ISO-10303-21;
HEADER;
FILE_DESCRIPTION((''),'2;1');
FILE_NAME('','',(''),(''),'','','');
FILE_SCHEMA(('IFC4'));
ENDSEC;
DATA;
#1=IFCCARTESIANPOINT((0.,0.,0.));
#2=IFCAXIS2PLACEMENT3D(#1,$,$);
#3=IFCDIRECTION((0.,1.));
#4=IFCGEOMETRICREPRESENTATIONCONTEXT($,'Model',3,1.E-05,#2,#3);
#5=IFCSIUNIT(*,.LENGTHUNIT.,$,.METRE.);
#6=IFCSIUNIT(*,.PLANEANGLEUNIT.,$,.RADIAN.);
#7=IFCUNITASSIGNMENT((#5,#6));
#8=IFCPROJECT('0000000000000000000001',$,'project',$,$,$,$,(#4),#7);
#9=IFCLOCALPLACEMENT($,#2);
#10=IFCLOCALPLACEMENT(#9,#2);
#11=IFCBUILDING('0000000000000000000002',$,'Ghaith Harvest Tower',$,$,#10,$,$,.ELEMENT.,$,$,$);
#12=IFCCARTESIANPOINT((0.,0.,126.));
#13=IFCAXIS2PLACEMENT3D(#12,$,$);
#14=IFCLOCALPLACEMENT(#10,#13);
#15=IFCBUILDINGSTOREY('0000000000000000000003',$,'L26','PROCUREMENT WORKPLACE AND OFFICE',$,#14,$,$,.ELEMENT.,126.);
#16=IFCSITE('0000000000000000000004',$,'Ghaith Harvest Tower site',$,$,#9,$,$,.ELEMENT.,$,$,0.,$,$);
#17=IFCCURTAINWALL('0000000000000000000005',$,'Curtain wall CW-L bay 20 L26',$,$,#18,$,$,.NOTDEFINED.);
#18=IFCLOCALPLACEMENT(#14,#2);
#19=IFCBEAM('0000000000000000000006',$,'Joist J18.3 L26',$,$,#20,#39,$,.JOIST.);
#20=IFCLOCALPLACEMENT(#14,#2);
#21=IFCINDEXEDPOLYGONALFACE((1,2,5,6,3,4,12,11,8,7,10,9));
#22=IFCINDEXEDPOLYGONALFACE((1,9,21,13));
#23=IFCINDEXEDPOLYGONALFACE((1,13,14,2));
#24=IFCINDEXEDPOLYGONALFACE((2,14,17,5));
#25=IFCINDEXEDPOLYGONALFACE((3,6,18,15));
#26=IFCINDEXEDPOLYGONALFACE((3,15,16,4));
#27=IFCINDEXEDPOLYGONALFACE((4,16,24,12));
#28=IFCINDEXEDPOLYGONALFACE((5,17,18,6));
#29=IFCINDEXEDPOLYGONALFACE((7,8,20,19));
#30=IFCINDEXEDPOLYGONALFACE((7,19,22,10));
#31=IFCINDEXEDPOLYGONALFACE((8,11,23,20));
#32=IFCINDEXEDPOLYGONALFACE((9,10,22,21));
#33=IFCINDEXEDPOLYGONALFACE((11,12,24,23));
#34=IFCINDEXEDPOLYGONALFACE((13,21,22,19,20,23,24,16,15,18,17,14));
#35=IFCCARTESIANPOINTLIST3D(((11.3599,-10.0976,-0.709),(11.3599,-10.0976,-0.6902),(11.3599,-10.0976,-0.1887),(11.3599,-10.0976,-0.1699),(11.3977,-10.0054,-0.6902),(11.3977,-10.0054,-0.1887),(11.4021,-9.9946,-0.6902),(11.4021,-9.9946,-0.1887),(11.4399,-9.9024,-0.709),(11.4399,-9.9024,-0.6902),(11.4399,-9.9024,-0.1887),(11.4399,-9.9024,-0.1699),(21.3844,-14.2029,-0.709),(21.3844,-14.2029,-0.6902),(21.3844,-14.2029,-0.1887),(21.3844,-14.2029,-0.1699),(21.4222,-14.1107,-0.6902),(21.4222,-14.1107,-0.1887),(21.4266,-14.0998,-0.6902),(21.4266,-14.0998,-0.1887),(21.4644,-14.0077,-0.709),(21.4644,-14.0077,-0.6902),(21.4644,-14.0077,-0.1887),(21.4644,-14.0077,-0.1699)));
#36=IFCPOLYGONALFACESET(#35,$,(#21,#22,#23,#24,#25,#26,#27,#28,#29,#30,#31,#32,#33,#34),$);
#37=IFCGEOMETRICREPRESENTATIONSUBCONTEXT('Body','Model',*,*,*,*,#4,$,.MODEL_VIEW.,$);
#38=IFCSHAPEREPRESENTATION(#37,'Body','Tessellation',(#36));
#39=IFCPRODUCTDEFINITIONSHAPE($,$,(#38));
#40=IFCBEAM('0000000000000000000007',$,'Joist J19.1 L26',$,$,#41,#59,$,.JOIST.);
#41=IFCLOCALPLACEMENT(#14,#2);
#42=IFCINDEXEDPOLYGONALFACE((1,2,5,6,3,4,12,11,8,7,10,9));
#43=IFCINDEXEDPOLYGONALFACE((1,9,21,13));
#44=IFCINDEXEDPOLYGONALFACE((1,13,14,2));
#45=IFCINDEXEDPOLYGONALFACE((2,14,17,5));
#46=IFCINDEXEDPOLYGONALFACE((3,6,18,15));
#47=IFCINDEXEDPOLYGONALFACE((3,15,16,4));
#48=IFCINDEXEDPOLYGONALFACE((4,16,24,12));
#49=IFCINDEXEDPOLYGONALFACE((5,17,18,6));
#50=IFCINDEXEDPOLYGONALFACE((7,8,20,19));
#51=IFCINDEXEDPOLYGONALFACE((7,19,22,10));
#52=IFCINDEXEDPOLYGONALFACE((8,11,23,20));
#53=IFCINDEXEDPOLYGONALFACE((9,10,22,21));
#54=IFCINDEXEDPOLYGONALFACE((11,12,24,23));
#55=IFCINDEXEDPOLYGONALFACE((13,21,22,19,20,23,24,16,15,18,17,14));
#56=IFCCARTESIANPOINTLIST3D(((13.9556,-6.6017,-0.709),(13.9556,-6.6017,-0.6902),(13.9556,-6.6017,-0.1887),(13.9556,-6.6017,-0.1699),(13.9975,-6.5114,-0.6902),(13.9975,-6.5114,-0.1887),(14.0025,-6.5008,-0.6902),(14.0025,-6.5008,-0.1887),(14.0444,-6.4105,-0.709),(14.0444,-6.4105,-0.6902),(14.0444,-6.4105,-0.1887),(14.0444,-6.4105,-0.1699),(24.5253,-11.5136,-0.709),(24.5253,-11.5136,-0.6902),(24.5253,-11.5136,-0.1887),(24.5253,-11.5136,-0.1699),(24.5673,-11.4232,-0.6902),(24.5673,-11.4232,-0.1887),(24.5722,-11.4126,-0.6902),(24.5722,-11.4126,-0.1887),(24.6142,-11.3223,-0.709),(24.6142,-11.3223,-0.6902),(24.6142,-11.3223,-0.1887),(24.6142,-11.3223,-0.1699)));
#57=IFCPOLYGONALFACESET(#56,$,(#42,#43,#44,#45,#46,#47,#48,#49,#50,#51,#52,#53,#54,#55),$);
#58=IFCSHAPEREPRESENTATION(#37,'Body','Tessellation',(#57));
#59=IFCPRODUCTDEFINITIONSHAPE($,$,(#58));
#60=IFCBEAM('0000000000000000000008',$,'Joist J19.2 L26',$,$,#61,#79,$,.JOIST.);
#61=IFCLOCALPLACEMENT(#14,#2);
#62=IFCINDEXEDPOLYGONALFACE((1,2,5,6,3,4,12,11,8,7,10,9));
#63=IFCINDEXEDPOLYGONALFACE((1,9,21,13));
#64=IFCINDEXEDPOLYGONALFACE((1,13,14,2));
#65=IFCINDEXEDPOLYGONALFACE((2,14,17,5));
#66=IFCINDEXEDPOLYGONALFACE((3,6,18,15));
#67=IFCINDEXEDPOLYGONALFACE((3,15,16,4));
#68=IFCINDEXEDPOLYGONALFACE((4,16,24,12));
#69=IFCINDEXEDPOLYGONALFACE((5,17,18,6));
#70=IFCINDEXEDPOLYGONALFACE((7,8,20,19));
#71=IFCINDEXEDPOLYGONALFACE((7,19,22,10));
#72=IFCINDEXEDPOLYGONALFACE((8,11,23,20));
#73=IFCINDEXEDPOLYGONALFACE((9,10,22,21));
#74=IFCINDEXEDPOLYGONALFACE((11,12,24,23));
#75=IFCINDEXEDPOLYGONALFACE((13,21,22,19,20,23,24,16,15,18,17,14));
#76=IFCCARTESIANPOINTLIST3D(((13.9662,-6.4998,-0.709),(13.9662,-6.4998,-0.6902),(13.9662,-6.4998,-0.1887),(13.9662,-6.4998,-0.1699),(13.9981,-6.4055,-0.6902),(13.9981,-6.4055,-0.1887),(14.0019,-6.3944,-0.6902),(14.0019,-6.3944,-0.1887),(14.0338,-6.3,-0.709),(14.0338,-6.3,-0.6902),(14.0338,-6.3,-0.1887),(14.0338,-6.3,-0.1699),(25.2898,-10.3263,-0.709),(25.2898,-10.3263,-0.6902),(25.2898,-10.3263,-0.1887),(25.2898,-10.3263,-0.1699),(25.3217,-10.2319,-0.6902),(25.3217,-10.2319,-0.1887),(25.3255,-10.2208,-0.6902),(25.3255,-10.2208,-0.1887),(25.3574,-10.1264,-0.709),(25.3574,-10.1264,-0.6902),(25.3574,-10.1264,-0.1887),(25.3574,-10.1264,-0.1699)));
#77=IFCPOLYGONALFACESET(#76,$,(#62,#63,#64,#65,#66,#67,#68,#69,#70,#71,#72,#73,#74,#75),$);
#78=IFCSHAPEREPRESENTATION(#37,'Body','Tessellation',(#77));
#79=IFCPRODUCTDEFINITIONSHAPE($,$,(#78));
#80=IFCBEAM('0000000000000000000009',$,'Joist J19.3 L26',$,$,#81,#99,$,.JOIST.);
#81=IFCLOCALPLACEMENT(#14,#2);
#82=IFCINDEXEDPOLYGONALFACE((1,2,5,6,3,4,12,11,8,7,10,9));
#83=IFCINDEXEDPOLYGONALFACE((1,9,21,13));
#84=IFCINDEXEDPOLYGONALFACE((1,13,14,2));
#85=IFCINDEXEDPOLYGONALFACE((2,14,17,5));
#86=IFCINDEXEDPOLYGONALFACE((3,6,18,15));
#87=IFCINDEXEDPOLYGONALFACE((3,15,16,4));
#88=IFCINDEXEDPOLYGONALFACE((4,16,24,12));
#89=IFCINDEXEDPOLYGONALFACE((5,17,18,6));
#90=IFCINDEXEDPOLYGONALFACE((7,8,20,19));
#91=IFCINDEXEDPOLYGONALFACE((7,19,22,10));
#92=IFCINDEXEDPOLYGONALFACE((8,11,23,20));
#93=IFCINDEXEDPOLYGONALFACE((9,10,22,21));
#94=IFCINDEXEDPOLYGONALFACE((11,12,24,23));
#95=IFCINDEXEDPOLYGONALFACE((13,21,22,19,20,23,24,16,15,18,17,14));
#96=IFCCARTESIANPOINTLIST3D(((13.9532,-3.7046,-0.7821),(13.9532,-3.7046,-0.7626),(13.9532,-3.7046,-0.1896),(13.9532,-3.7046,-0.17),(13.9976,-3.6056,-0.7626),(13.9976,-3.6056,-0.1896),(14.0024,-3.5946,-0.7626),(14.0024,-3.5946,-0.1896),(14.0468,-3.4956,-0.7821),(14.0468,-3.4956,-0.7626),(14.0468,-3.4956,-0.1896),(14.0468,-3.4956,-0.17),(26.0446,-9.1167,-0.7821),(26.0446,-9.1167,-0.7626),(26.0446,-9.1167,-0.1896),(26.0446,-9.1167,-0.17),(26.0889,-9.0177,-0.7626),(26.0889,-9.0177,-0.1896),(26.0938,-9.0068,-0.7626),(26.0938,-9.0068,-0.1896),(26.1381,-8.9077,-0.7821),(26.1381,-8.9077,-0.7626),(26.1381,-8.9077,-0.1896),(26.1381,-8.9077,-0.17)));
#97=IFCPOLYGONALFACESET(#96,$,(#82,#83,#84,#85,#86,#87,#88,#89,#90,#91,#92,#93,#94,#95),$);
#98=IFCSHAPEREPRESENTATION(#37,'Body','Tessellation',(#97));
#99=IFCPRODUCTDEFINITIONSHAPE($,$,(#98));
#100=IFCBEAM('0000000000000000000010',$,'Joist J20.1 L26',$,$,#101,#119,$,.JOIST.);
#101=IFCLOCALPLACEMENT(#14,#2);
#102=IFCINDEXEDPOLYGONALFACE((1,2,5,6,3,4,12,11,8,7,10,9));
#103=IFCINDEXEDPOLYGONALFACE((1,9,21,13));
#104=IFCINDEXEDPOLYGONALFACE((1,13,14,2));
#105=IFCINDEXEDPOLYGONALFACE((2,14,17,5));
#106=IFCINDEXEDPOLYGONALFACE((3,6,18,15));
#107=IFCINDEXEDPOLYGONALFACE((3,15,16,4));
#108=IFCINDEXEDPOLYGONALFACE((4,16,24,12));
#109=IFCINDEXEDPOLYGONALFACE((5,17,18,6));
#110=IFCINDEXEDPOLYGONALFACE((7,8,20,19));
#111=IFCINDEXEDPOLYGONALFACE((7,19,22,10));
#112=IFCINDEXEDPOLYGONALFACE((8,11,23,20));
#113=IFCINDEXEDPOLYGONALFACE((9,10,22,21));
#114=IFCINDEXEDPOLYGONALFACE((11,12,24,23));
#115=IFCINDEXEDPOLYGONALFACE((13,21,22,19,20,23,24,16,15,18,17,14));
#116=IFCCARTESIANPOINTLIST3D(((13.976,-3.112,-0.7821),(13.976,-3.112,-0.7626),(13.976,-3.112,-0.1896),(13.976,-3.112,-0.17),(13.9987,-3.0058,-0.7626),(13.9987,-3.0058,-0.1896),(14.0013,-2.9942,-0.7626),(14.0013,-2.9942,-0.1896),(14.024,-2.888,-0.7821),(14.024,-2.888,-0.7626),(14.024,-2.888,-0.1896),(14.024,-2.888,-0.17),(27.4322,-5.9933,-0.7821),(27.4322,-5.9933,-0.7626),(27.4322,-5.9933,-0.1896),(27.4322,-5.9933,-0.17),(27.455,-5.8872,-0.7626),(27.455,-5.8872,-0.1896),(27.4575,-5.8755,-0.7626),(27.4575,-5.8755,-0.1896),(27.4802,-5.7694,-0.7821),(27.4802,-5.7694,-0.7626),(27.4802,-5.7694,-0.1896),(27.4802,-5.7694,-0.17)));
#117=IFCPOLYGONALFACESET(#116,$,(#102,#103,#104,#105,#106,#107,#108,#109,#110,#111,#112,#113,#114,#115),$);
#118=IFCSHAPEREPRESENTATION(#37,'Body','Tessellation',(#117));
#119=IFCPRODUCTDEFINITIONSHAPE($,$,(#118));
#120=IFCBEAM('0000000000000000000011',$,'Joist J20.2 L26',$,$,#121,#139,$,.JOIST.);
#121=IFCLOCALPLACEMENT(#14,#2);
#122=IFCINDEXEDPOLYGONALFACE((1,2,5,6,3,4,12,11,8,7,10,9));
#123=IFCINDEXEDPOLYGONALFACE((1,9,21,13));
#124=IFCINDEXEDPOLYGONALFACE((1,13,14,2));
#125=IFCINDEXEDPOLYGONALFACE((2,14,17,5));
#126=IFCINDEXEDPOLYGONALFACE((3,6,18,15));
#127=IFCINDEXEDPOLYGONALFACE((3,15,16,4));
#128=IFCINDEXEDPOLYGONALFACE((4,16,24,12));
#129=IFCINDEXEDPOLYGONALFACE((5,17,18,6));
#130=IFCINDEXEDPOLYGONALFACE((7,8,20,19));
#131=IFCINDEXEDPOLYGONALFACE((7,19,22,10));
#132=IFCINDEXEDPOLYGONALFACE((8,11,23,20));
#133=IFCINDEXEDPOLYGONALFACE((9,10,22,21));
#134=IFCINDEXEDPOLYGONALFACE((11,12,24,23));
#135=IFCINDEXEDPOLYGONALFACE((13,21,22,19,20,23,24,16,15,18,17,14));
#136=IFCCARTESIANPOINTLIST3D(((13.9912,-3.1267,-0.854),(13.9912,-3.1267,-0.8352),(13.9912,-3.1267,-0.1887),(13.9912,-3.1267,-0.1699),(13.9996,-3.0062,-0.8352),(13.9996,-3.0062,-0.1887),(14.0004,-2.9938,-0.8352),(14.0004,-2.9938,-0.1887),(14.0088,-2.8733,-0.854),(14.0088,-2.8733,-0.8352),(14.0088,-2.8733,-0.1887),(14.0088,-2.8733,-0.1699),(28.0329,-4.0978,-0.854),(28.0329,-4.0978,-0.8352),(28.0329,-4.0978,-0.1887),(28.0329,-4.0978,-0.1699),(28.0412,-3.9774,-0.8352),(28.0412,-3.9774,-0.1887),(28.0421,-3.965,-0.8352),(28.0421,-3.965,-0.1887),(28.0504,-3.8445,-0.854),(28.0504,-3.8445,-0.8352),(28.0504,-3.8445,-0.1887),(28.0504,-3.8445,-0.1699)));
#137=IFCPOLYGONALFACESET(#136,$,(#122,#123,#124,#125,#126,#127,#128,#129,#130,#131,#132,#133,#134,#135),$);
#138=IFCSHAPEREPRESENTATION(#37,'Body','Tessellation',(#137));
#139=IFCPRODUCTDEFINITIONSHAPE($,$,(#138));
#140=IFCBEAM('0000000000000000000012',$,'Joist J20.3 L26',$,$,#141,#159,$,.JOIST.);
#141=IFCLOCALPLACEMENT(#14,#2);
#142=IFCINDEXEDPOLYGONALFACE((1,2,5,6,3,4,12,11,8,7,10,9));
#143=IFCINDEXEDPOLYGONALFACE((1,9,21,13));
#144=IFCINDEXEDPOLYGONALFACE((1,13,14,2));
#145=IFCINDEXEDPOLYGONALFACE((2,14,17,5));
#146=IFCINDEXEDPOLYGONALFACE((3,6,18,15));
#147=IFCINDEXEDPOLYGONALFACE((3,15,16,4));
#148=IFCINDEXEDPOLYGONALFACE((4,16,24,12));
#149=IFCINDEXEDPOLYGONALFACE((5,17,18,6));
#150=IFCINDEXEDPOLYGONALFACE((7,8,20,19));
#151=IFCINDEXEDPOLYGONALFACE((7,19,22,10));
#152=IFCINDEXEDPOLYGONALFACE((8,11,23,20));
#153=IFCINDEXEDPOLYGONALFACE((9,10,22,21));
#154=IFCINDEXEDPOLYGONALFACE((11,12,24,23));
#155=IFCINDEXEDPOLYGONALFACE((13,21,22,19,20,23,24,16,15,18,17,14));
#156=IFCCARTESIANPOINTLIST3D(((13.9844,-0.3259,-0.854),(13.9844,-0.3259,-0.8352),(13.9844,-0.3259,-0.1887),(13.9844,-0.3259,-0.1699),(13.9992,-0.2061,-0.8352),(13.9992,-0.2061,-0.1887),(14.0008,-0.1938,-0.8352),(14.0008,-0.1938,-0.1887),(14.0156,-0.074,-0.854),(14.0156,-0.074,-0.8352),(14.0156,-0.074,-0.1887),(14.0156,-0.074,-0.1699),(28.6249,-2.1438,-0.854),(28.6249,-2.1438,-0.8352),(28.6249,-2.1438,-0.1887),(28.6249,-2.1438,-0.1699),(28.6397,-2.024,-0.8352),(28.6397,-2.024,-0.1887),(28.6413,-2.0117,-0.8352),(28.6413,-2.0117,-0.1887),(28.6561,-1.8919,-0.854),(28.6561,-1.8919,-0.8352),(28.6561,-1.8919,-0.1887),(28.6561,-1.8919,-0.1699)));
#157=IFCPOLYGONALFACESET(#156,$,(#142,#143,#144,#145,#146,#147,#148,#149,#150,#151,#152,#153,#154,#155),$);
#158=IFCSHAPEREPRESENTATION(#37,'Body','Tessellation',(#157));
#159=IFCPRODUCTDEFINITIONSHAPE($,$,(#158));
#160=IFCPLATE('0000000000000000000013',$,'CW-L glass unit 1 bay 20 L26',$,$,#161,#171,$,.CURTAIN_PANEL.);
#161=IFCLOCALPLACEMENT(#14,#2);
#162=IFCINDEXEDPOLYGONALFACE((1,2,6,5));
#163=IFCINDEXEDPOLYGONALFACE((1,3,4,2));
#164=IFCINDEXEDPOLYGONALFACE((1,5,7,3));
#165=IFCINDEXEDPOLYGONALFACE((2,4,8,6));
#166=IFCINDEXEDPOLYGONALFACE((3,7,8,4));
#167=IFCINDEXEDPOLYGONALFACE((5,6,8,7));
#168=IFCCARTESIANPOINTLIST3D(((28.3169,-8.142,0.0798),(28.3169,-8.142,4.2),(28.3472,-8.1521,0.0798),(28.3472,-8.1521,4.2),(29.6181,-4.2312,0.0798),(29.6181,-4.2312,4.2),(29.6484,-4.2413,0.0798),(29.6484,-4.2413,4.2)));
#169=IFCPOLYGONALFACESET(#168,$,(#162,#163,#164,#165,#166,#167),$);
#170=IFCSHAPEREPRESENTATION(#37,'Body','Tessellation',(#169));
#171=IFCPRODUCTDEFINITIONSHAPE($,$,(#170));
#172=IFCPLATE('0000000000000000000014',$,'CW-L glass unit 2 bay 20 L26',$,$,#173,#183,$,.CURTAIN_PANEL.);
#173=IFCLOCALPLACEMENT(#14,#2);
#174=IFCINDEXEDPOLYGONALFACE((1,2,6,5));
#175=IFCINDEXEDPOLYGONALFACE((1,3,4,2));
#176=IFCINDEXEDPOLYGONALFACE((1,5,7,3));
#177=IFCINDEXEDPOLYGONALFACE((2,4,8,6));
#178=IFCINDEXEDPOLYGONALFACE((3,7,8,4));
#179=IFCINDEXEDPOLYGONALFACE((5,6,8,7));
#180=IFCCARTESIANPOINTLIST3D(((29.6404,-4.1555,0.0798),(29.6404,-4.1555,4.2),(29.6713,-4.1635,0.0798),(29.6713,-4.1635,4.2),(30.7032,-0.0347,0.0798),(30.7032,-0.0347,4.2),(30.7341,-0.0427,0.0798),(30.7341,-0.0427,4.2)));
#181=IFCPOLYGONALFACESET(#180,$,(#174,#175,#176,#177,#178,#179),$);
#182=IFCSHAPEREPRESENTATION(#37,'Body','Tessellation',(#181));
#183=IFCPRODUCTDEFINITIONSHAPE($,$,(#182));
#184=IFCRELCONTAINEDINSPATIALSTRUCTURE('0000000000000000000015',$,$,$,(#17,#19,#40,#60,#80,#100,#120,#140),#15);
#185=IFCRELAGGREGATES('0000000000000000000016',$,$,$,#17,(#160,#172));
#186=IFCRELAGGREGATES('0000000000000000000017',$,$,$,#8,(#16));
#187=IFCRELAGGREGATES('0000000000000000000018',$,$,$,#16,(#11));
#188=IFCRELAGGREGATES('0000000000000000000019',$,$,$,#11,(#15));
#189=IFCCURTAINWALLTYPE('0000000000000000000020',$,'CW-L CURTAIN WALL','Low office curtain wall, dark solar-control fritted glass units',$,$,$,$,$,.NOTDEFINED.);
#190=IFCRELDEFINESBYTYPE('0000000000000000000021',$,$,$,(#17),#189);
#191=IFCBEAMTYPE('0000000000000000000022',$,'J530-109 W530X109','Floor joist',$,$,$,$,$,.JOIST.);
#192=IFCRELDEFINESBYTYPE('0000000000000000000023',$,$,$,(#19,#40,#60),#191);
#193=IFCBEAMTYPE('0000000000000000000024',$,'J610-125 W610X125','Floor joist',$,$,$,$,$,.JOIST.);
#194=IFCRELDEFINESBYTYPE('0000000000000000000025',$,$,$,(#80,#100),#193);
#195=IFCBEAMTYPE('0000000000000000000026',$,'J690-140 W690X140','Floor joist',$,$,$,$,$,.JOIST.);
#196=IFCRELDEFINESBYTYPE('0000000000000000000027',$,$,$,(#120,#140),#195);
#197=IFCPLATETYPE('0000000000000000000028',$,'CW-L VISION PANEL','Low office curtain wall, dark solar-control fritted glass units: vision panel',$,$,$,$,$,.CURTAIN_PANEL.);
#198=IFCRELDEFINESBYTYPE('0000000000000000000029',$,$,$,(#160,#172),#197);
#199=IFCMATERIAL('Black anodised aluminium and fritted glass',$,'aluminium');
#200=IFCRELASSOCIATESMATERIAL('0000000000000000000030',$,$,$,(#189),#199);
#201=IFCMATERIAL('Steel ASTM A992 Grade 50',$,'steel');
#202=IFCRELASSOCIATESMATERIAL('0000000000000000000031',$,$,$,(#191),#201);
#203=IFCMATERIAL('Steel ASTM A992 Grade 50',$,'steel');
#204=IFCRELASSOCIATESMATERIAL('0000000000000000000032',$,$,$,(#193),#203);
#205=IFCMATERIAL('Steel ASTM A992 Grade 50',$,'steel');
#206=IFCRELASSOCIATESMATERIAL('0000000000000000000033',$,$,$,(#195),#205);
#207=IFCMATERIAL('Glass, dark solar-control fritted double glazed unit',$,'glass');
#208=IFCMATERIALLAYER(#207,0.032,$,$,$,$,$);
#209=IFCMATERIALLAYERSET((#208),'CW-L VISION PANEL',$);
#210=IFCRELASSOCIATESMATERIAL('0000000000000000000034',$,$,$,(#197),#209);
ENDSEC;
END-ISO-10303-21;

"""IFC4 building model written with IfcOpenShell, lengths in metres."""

from ifc_helpers import new_model, si_unit, direction, frame, origin, origin_2d, place, context, subcontext, project, spatial, rectangle, i_section, extrude, material, layer, layer_set, material_profile, profile_set, type_object, element, aggregate, save


model = new_model("IFC4")

# Units and contexts
model_context = context("Model", 3, precision=1e-05, world=origin(), true_north=direction((0.0, 1.0)))
body_context = subcontext(model_context, "Body", "Model", "MODEL_VIEW")
ifc_project = project(units=[si_unit("LENGTHUNIT", "METRE"), si_unit("PLANEANGLEUNIT", "RADIAN")], contexts=[model_context])

# Site, building, storey
site_placement = place(None, origin())
site = spatial("IfcSite", under=ifc_project, at=site_placement, Name="Ghaith Harvest Tower site", CompositionType="ELEMENT", RefElevation=0.0)
building_placement = place(site_placement, origin())
building = spatial("IfcBuilding", under=site, at=building_placement, Name="Ghaith Harvest Tower", CompositionType="ELEMENT")
storey_placement = place(building_placement, frame((0.0, 0.0, 126.0)))
storey = spatial("IfcBuildingStorey", under=building, at=storey_placement, Name="L26", Description="PROCUREMENT WORKPLACE AND OFFICE", CompositionType="ELEMENT", Elevation=126.0)

# Curtain wall
ifc_material_1 = material(Name="Black anodised aluminium and fritted glass", Category="aluminium")
curtain_wall_type = type_object("IfcCurtainWallType", Name="CW-L CURTAIN WALL", Description="Low office curtain wall, dark solar-control fritted glass units", PredefinedType="NOTDEFINED", material=ifc_material_1)
curtain_wall_placement = place(storey_placement, origin())
curtain_wall = element("IfcCurtainWall", 1, at=curtain_wall_placement, inside=storey, type_object=curtain_wall_type, Name="Curtain wall CW-L bay 20 L26", PredefinedType="NOTDEFINED")

# Beams
ifc_material_2 = material(Name="Steel ASTM A992 Grade 50", Category="steel")
ifc_material_profile_1 = material_profile(ifc_material_2, i_section(OverallWidth=0.2109, OverallDepth=0.5391, WebThickness=0.0117, FlangeThickness=0.0188, at=origin_2d()), Name="W530X109")
ifc_profile_set_1 = profile_set([ifc_material_profile_1], Name="Steel ASTM A992 Grade 50")
beam_type_1 = type_object("IfcBeamType", Name="J530-109 W530X109", Description="Floor joist", PredefinedType="JOIST", material=ifc_profile_set_1)
beam_1_placement = place(storey_placement, frame((11.3999, -10.0, -0.4395), z_axis=(0.925407, -0.378975, 0.0), x_axis=(0.378975, 0.925407, 0.0)))
element("IfcBeam", 2, at=beam_1_placement, inside=storey, type_object=beam_type_1, Name="Joist J18.3 L26", PredefinedType="JOIST", context=body_context, shape_type="SweptSolid", body=[
    extrude(i_section(OverallWidth=0.2109, OverallDepth=0.5391, WebThickness=0.0117, FlangeThickness=0.0188, at=origin_2d()), origin(), (0.0, 0.0, 1.0), 10.8325),
])
beam_2_placement = place(storey_placement, frame((14.0, -6.5061, -0.4395), z_axis=(0.906863, -0.421425, 0.0), x_axis=(0.421425, 0.906863, 0.0)))
element("IfcBeam", 3, at=beam_2_placement, inside=storey, type_object=beam_type_1, Name="Joist J19.1 L26", PredefinedType="JOIST", context=body_context, shape_type="SweptSolid", body=[
    extrude(i_section(OverallWidth=0.2109, OverallDepth=0.5391, WebThickness=0.0117, FlangeThickness=0.0188, at=origin_2d()), origin(), (0.0, 0.0, 1.0), 11.6553),
])
beam_3_placement = place(storey_placement, frame((14.0, -6.3999, -0.4395), z_axis=(0.947372, -0.320135, 0.0), x_axis=(0.320135, 0.947372, 0.0)))
element("IfcBeam", 4, at=beam_3_placement, inside=storey, type_object=beam_type_1, Name="Joist J19.2 L26", PredefinedType="JOIST", context=body_context, shape_type="SweptSolid", body=[
    extrude(i_section(OverallWidth=0.2109, OverallDepth=0.5391, WebThickness=0.0117, FlangeThickness=0.0188, at=origin_2d()), origin(), (0.0, 0.0, 1.0), 11.9526),
])
ifc_material_3 = material(Name="Steel ASTM A992 Grade 50", Category="steel")
ifc_material_profile_2 = material_profile(ifc_material_3, i_section(OverallWidth=0.229, OverallDepth=0.6121, WebThickness=0.012, FlangeThickness=0.0195, at=origin_2d()), Name="W610X125")
ifc_profile_set_2 = profile_set([ifc_material_profile_2], Name="Steel ASTM A992 Grade 50")
beam_type_2 = type_object("IfcBeamType", Name="J610-125 W610X125", Description="Floor joist", PredefinedType="JOIST", material=ifc_profile_set_2)
beam_4_placement = place(storey_placement, frame((14.0, -3.6001, -0.4761), z_axis=(0.912738, -0.408545, 0.0), x_axis=(0.408545, 0.912738, 0.0)))
element("IfcBeam", 5, at=beam_4_placement, inside=storey, type_object=beam_type_2, Name="Joist J19.3 L26", PredefinedType="JOIST", context=body_context, shape_type="SweptSolid", body=[
    extrude(i_section(OverallWidth=0.229, OverallDepth=0.6121, WebThickness=0.012, FlangeThickness=0.0195, at=origin_2d()), origin(), (0.0, 0.0, 1.0), 13.2473),
])
beam_5_placement = place(storey_placement, frame((14.0, -3.0, -0.4761), z_axis=(0.977834, -0.20938, 0.0), x_axis=(0.20938, 0.977834, 0.0)))
element("IfcBeam", 6, at=beam_5_placement, inside=storey, type_object=beam_type_2, Name="Joist J20.1 L26", PredefinedType="JOIST", context=body_context, shape_type="SweptSolid", body=[
    extrude(i_section(OverallWidth=0.229, OverallDepth=0.6121, WebThickness=0.012, FlangeThickness=0.0195, at=origin_2d()), origin(), (0.0, 0.0, 1.0), 13.7612),
])
ifc_material_4 = material(Name="Steel ASTM A992 Grade 50", Category="steel")
ifc_material_profile_3 = material_profile(ifc_material_4, i_section(OverallWidth=0.2539, OverallDepth=0.6841, WebThickness=0.0125, FlangeThickness=0.0188, at=origin_2d()), Name="W690X140")
ifc_profile_set_3 = profile_set([ifc_material_profile_3], Name="Steel ASTM A992 Grade 50")
beam_type_3 = type_object("IfcBeamType", Name="J690-140 W690X140", Description="Floor joist", PredefinedType="JOIST", material=ifc_profile_set_3)
beam_6_placement = place(storey_placement, frame((14.0, -3.0, -0.512), z_axis=(0.997617, -0.069, 0.0), x_axis=(0.069, 0.997617, 0.0)))
element("IfcBeam", 7, at=beam_6_placement, inside=storey, type_object=beam_type_3, Name="Joist J20.2 L26", PredefinedType="JOIST", context=body_context, shape_type="SweptSolid", body=[
    extrude(i_section(OverallWidth=0.2539, OverallDepth=0.6841, WebThickness=0.0125, FlangeThickness=0.0188, at=origin_2d()), origin(), (0.0, 0.0, 1.0), 14.0752),
])
beam_7_placement = place(storey_placement, frame((14.0, -0.2, -0.512), z_axis=(0.992379, -0.123222, 0.0), x_axis=(0.123222, 0.992379, 0.0)))
element("IfcBeam", 8, at=beam_7_placement, inside=storey, type_object=beam_type_3, Name="Joist J20.3 L26", PredefinedType="JOIST", context=body_context, shape_type="SweptSolid", body=[
    extrude(i_section(OverallWidth=0.2539, OverallDepth=0.6841, WebThickness=0.0125, FlangeThickness=0.0188, at=origin_2d()), origin(), (0.0, 0.0, 1.0), 14.7529),
])

# Plates
ifc_material_5 = material(Name="Glass, dark solar-control fritted double glazed unit", Category="glass")
ifc_layer_1 = layer(ifc_material_5, 0.032)
ifc_layer_set_1 = layer_set([ifc_layer_1], Name="CW-L VISION PANEL")
plate_type_1 = type_object("IfcPlateType", Name="CW-L VISION PANEL", Description="Low office curtain wall, dark solar-control fritted glass units: vision panel", PredefinedType="CURTAIN_PANEL", material=ifc_layer_set_1)
plate_1_placement = place(storey_placement, frame((28.9827, -6.1917, 0.0798), z_axis=(0.0, 0.0, 1.0), x_axis=(0.315708, 0.948856, 0.0)))
plate_1 = element("IfcPlate", 9, at=plate_1_placement, type_object=plate_type_1, Name="CW-L glass unit 1 bay 20 L26", PredefinedType="CURTAIN_PANEL", context=body_context, shape_type="SweptSolid", body=[
    extrude(rectangle(XDim=4.1216, YDim=0.032, at=origin_2d()), origin(), (0.0, 0.0, 1.0), 4.1201),
])
plate_2_placement = place(storey_placement, frame((30.1873, -2.0991, 0.0798), z_axis=(0.0, 0.0, 1.0), x_axis=(0.249744, 0.968312, 0.0)))
plate_2 = element("IfcPlate", 10, at=plate_2_placement, type_object=plate_type_1, Name="CW-L glass unit 2 bay 20 L26", PredefinedType="CURTAIN_PANEL", context=body_context, shape_type="SweptSolid", body=[
    extrude(rectangle(XDim=4.2556, YDim=0.032, at=origin_2d()), origin(), (0.0, 0.0, 1.0), 4.1201),
])
aggregate(curtain_wall, [plate_1, plate_2])

save(model, "model.ifc")
